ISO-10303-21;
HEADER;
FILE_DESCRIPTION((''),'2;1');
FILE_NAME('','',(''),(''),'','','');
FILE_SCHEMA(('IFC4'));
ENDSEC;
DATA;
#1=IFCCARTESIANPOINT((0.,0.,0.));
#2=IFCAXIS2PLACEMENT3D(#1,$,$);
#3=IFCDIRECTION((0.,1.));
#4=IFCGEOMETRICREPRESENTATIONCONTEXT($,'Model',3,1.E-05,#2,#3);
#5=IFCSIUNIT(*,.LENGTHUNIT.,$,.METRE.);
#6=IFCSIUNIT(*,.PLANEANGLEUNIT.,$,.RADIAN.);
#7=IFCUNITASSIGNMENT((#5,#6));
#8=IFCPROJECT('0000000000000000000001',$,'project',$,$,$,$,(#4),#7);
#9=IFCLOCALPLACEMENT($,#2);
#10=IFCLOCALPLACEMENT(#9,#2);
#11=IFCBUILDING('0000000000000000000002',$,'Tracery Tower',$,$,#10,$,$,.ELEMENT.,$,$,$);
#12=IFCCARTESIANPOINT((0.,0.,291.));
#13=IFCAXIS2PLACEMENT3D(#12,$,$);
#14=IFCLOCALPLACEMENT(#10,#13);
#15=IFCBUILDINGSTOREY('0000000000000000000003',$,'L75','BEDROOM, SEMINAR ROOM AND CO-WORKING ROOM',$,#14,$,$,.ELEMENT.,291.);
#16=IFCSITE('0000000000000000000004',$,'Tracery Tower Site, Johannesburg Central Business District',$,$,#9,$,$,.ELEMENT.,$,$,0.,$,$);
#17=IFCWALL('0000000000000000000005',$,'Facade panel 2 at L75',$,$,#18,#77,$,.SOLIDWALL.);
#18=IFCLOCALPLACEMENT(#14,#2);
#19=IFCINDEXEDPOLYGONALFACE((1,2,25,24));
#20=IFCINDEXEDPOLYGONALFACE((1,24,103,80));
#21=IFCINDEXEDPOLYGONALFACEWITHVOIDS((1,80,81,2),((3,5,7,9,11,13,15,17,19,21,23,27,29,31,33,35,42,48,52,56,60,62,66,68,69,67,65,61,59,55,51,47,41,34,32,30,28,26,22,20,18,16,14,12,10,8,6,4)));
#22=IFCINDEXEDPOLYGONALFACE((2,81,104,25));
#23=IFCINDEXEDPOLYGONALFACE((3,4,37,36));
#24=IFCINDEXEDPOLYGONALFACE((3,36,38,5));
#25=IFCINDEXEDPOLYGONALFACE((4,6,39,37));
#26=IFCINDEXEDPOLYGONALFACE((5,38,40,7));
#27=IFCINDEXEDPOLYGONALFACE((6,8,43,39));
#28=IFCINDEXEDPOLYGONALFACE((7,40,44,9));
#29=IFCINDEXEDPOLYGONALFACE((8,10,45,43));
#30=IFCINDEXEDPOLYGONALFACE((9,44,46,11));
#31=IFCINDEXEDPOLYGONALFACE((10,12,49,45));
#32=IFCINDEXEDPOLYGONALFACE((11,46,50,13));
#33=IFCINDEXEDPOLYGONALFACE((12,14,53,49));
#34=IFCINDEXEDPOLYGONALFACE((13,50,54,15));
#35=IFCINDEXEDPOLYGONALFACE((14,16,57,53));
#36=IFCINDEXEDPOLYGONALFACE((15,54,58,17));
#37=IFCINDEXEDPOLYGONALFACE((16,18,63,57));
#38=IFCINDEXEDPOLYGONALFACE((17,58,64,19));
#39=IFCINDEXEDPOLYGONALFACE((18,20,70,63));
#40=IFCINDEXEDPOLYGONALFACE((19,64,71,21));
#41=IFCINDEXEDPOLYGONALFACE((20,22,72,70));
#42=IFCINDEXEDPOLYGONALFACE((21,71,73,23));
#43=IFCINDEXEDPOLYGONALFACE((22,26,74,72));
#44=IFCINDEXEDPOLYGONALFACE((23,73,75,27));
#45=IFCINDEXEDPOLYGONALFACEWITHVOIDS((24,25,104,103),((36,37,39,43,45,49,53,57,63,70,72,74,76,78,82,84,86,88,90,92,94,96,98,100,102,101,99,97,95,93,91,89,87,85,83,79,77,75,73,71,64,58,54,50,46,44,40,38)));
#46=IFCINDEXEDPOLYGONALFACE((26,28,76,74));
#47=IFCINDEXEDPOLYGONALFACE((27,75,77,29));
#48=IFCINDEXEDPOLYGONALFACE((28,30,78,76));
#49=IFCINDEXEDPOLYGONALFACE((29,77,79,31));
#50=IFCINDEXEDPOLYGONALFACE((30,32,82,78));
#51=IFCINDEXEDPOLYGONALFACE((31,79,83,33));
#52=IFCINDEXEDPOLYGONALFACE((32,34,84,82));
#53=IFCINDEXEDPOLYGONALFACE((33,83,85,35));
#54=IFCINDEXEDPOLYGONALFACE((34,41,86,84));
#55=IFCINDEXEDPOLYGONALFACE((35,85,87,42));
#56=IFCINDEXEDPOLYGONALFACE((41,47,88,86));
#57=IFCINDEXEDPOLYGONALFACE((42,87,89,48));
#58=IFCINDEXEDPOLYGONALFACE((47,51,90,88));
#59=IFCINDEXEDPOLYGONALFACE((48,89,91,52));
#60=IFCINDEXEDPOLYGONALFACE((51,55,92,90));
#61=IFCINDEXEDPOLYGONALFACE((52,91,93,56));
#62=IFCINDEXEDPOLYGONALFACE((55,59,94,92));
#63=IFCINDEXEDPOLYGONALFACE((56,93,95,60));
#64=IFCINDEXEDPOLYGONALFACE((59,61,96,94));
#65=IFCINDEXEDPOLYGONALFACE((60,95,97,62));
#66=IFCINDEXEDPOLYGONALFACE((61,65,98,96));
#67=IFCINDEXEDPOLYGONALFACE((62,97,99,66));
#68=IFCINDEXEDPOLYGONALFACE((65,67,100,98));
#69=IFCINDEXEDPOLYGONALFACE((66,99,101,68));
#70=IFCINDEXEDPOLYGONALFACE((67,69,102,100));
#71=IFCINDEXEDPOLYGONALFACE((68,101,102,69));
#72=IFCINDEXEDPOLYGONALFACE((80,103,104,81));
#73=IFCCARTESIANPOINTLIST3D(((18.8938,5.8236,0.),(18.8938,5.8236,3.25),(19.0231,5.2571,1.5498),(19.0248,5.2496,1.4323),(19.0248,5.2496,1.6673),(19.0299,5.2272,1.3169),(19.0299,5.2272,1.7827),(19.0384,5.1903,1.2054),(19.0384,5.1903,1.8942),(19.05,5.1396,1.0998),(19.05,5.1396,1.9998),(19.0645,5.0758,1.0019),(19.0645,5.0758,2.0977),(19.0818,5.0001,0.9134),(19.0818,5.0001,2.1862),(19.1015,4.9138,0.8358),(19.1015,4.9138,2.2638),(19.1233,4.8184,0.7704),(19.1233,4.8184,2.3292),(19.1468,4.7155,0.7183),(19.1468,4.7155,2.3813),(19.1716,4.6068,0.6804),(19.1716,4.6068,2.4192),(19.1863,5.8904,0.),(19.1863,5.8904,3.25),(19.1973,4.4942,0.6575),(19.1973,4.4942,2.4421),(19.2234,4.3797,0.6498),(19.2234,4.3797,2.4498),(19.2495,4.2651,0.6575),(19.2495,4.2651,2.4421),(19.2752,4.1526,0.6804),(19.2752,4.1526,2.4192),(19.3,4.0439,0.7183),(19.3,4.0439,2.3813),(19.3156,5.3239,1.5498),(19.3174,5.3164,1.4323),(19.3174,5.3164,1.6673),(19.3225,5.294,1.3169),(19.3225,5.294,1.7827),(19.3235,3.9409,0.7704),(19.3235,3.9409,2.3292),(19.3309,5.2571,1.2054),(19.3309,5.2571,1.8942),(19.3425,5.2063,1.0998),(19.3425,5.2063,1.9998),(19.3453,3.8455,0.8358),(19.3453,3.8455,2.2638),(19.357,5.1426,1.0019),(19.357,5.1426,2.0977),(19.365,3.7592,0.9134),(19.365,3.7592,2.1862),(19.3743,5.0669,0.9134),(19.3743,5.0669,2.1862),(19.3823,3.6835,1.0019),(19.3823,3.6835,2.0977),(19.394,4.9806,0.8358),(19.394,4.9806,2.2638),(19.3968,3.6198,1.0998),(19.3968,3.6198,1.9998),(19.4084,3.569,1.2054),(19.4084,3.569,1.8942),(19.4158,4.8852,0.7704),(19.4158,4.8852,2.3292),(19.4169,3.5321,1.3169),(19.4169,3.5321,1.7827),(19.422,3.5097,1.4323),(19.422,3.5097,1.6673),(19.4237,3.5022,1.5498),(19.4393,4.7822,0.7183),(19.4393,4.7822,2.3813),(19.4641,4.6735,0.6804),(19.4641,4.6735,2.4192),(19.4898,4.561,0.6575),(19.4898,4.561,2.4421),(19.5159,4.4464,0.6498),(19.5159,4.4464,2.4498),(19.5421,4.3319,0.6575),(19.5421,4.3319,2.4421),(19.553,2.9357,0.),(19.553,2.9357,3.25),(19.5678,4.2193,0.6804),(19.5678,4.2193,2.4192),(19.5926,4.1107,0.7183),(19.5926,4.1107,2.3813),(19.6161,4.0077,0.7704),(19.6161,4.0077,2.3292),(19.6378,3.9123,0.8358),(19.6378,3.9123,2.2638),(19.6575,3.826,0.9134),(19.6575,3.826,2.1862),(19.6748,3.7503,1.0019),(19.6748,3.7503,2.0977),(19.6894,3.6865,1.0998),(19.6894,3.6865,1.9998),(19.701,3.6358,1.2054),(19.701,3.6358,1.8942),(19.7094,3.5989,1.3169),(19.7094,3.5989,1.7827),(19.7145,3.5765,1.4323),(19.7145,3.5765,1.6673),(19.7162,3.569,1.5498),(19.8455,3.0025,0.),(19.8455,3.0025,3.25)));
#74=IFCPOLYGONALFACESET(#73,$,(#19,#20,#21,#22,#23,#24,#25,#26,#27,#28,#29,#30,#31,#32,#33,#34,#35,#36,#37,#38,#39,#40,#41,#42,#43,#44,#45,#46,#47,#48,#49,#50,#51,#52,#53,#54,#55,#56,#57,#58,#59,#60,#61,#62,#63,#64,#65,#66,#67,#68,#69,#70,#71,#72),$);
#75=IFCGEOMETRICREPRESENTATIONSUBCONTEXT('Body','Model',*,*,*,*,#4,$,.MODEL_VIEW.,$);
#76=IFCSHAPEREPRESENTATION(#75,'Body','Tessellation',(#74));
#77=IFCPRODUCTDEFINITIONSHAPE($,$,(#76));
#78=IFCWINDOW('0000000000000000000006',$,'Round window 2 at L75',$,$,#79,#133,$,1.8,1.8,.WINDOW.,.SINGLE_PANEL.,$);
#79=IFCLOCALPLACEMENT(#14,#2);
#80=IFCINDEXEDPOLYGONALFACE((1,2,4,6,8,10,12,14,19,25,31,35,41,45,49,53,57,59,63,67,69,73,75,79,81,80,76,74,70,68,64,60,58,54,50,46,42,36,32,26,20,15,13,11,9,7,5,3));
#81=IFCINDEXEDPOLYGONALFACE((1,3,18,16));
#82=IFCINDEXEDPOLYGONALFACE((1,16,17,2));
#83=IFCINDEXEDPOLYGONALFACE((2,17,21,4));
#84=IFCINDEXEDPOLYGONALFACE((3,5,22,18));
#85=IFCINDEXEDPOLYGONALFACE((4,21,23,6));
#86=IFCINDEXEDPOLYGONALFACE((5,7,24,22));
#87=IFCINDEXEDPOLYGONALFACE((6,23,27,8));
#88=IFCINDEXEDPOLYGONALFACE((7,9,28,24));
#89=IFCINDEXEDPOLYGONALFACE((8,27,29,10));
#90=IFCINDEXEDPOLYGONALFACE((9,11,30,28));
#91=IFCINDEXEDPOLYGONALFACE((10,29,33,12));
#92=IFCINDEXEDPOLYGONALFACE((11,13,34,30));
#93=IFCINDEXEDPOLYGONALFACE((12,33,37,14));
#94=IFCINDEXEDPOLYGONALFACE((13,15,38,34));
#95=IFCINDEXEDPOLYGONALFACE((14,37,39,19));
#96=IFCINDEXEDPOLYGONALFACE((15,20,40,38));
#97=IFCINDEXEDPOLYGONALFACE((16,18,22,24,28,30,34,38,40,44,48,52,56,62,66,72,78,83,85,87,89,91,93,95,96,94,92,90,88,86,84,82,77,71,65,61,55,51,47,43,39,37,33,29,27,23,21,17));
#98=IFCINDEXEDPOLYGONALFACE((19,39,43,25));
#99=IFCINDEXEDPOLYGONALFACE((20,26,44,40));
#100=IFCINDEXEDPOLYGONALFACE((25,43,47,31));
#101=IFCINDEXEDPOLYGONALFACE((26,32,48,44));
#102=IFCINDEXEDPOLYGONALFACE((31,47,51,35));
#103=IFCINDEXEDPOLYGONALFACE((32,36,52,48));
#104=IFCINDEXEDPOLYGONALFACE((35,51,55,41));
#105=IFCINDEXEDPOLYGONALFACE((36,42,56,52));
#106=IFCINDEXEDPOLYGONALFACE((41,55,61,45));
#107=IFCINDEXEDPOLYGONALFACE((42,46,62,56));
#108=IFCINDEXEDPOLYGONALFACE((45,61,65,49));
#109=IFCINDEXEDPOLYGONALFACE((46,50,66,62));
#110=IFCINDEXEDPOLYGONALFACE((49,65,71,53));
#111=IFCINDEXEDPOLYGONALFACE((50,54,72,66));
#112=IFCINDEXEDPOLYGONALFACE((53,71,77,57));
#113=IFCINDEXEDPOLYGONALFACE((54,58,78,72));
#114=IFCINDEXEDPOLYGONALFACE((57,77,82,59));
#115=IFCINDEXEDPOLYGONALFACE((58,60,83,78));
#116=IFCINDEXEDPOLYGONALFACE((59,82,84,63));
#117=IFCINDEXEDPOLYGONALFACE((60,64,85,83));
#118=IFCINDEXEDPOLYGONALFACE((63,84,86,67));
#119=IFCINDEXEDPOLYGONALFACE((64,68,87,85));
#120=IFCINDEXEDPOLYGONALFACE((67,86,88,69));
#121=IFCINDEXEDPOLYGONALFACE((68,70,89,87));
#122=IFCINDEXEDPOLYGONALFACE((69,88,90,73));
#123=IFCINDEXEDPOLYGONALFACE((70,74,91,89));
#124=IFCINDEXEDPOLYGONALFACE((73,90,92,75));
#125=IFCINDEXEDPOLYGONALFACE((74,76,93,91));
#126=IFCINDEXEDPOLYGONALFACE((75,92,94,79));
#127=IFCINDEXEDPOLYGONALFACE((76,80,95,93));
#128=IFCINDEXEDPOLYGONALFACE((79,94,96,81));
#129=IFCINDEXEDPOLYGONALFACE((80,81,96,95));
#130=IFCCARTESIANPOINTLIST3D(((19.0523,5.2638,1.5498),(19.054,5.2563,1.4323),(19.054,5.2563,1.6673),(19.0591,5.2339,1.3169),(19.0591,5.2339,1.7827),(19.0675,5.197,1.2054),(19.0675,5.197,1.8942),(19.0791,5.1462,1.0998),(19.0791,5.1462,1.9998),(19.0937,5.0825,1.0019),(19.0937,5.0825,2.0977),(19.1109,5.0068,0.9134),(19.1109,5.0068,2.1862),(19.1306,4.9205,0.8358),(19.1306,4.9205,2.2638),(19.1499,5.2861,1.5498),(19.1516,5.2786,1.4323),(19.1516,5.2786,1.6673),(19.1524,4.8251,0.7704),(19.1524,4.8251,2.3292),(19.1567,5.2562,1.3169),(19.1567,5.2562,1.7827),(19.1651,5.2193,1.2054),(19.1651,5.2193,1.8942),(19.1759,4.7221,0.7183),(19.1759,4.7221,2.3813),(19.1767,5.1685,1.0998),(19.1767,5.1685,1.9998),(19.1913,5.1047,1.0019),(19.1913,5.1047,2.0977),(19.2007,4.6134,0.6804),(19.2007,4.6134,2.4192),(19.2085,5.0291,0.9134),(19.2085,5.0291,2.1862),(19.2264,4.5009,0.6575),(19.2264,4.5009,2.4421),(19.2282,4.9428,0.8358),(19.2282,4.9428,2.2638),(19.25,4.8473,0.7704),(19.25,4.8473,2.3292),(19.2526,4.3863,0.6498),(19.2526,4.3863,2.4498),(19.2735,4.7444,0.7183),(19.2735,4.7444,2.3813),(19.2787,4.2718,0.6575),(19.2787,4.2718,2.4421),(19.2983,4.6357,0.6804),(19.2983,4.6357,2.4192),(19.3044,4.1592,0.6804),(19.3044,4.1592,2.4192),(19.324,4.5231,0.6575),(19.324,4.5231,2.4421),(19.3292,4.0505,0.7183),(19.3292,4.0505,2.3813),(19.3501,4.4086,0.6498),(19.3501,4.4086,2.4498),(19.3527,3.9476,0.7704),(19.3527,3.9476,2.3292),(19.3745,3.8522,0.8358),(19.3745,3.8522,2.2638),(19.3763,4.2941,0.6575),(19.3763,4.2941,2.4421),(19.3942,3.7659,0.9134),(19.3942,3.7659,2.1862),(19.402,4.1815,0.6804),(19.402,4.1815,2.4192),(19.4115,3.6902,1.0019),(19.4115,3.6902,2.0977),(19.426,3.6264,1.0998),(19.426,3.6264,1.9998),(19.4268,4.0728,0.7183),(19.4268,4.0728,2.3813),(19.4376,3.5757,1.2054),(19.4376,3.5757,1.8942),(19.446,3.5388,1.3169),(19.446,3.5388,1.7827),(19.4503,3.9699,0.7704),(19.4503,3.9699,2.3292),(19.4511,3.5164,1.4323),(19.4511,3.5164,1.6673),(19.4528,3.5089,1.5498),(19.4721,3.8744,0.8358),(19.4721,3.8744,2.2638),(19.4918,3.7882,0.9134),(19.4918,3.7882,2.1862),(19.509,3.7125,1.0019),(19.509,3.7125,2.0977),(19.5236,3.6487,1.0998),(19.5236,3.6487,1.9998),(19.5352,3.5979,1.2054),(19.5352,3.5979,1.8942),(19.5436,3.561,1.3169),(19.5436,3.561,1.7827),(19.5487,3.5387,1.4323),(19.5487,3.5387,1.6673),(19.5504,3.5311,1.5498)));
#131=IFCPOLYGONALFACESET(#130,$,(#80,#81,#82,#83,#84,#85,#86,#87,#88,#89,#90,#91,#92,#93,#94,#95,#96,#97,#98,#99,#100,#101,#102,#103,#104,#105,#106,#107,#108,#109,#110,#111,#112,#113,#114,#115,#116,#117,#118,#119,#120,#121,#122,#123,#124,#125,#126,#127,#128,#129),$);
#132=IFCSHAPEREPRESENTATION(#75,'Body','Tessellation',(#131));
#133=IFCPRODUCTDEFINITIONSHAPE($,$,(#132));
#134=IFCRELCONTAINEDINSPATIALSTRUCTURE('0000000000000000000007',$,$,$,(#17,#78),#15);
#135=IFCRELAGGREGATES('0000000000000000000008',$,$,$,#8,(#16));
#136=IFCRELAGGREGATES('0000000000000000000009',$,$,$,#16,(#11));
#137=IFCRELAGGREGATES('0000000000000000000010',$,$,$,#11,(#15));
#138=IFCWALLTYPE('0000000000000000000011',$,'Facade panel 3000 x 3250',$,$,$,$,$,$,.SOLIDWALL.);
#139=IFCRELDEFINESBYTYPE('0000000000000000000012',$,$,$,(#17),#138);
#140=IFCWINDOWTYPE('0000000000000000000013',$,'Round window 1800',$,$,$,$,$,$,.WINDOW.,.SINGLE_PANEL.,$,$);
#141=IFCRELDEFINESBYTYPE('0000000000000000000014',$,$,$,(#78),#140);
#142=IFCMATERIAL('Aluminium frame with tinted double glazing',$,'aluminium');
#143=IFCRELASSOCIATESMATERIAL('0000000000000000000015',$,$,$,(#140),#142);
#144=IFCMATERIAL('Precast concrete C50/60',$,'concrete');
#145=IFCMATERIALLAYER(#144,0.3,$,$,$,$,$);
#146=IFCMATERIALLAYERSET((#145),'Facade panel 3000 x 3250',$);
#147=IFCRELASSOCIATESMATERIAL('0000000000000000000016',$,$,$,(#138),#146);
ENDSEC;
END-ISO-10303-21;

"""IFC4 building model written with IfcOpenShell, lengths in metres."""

from ifc_helpers import new_model, si_unit, direction, frame, frame_2d, origin, origin_2d, place, context, subcontext, project, spatial, rectangle, circle, extrude, material, layer, layer_set, type_object, element, fill, save


model = new_model("IFC4")

# Units and contexts
model_context = context("Model", 3, precision=1e-05, world=origin(), true_north=direction((0.0, 1.0)))
body_context = subcontext(model_context, "Body", "Model", "MODEL_VIEW")
ifc_project = project(units=[si_unit("LENGTHUNIT", "METRE"), si_unit("PLANEANGLEUNIT", "RADIAN")], contexts=[model_context])

# Site, building, storey
site_placement = place(None, origin())
site = spatial("IfcSite", under=ifc_project, at=site_placement, Name="Tracery Tower Site, Johannesburg Central Business District", CompositionType="ELEMENT", RefElevation=0.0)
building_placement = place(site_placement, origin())
building = spatial("IfcBuilding", under=site, at=building_placement, Name="Tracery Tower", CompositionType="ELEMENT")
storey_placement = place(building_placement, frame((0.0, 0.0, 291.0)))
storey = spatial("IfcBuildingStorey", under=building, at=storey_placement, Name="L75", Description="BEDROOM, SEMINAR ROOM AND CO-WORKING ROOM", CompositionType="ELEMENT", Elevation=291.0)

# Wall, opening, window
ifc_material_1 = material(Name="Aluminium frame with tinted double glazing", Category="aluminium")
window_type = type_object("IfcWindowType", Name="Round window 1800", PartitioningType="SINGLE_PANEL", PredefinedType="WINDOW", material=ifc_material_1)
ifc_material_2 = material(Name="Precast concrete C50/60", Category="concrete")
ifc_layer_1 = layer(ifc_material_2, 0.3)
ifc_layer_set_1 = layer_set([ifc_layer_1], Name="Facade panel 3000 x 3250")
wall_type_1 = type_object("IfcWallType", Name="Facade panel 3000 x 3250", PredefinedType="SOLIDWALL", material=ifc_layer_set_1)
wall_1_placement = place(storey_placement, frame((19.6992, 2.9692, 0.0), z_axis=(0.0, 0.0, 1.0), x_axis=(-0.222529, 0.974926, 0.0)))
wall_1 = element("IfcWall", 1, at=wall_1_placement, inside=storey, type_object=wall_type_1, Name="Facade panel 2 at L75", PredefinedType="SOLIDWALL", context=body_context, shape_type="SweptSolid", body=[
    extrude(rectangle(XDim=2.9622, YDim=0.3, at=frame_2d((1.481, 0.0))), origin(), (0.0, 0.0, 1.0), 3.25),
])
opening_1_placement = place(wall_1_placement, frame((1.481, 0.0, 1.5498)))
opening_1 = element("IfcOpeningElement", 2, at=opening_1_placement, cuts=wall_1, PredefinedType="OPENING", context=body_context, shape_type="SweptSolid", body=[
    extrude(circle(Radius=0.9, at=origin_2d()), frame((0.0, 0.1599, 0.0), z_axis=(0.0, -1.0, 0.0), x_axis=(1.0, 0.0, 0.0)), (0.0, 0.0, 1.0), 0.3201),
])
window_1_placement = place(opening_1_placement, origin())
window_1 = element("IfcWindow", 3, at=window_1_placement, inside=storey, type_object=window_type, Name="Round window 2 at L75", OverallHeight=1.8, OverallWidth=1.8, PartitioningType="SINGLE_PANEL", PredefinedType="WINDOW", context=body_context, shape_type="SweptSolid", body=[
    extrude(circle(Radius=0.9, at=origin_2d()), frame((0.0, 0.1201, 0.0), z_axis=(0.0, -1.0, 0.0), x_axis=(1.0, 0.0, 0.0)), (0.0, 0.0, 1.0), 0.1001),
])
fill(opening_1, window_1)

save(model, "model.ifc")
